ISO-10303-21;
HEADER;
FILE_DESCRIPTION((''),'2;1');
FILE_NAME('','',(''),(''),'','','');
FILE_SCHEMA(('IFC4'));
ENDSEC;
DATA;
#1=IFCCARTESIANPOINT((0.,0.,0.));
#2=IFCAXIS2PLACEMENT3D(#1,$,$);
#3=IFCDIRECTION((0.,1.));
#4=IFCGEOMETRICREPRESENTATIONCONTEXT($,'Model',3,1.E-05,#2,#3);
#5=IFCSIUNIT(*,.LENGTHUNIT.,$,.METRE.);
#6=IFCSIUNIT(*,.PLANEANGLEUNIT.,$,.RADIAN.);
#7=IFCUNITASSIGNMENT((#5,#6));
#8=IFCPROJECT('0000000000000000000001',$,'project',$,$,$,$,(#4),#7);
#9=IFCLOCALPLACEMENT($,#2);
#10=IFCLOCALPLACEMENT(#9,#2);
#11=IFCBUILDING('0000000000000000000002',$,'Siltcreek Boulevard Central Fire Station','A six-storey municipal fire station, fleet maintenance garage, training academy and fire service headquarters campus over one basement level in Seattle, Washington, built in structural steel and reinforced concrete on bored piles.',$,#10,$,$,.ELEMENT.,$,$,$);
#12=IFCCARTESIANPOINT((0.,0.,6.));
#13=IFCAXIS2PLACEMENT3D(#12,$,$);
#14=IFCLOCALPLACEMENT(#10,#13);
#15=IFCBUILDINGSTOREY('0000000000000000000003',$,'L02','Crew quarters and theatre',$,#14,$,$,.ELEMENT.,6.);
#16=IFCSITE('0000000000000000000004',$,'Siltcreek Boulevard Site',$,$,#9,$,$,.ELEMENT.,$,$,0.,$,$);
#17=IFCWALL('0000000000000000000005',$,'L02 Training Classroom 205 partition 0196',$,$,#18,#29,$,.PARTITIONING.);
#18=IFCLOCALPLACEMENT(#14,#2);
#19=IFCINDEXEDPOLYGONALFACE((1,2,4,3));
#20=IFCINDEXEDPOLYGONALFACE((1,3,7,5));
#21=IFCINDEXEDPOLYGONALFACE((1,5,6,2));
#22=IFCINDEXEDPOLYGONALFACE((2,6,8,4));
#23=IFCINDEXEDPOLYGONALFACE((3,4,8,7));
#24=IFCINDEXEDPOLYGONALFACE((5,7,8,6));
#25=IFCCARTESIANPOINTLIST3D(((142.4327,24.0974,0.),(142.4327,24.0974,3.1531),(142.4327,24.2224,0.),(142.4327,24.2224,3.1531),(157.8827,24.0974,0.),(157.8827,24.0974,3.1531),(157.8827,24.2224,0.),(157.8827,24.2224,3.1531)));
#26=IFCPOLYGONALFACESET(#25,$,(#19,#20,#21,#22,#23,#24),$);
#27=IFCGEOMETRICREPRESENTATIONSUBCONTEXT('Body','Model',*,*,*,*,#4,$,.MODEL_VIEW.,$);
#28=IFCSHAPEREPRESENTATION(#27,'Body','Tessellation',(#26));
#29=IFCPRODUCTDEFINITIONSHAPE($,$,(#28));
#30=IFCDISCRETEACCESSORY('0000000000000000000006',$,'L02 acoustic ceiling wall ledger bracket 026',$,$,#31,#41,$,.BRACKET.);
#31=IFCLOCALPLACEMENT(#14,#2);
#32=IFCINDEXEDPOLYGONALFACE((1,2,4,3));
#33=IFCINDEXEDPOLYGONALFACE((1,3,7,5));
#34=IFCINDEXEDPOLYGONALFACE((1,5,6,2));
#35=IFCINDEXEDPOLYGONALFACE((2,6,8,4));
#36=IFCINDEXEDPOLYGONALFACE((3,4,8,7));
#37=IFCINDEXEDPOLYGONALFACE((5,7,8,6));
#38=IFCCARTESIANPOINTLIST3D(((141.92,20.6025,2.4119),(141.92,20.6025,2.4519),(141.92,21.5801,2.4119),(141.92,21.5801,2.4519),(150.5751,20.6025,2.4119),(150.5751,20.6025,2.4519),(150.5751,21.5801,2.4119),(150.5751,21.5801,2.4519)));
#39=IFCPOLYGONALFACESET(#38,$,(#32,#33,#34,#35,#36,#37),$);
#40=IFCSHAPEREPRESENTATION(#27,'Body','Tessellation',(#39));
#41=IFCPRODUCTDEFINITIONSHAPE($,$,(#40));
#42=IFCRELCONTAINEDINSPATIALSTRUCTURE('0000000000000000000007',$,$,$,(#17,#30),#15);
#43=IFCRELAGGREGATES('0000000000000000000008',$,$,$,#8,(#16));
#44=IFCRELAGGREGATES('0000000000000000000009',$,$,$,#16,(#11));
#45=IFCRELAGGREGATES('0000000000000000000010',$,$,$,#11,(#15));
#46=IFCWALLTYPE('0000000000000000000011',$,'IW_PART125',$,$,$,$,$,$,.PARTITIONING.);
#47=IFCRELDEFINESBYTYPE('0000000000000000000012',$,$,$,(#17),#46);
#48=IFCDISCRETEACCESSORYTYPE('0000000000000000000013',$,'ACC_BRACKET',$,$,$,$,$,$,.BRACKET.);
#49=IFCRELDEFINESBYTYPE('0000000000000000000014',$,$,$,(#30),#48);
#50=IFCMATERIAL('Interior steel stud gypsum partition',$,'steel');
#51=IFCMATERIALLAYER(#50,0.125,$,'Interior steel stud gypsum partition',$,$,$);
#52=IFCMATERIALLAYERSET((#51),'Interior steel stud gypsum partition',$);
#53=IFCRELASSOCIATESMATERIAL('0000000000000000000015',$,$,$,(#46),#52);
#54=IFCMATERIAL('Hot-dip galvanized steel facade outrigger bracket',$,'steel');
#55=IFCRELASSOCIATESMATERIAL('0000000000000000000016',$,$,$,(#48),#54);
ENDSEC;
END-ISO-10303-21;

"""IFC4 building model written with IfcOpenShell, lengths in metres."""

from ifc_helpers import new_model, si_unit, direction, frame, frame_2d, origin, origin_2d, place, context, subcontext, project, spatial, rectangle, extrude, material, layer, layer_set, type_object, element, save


model = new_model("IFC4")

# Units and contexts
model_context = context("Model", 3, precision=1e-05, world=origin(), true_north=direction((0.0, 1.0)))
body_context = subcontext(model_context, "Body", "Model", "MODEL_VIEW")
ifc_project = project(units=[si_unit("LENGTHUNIT", "METRE"), si_unit("PLANEANGLEUNIT", "RADIAN")], contexts=[model_context])

# Site, building, storey
site_placement = place(None, origin())
site = spatial("IfcSite", under=ifc_project, at=site_placement, Name="Siltcreek Boulevard Site", CompositionType="ELEMENT", RefElevation=0.0)
building_placement = place(site_placement, origin())
building = spatial("IfcBuilding", under=site, at=building_placement, Name="Siltcreek Boulevard Central Fire Station", Description="A six-storey municipal fire station, fleet maintenance garage, training academy and fire service headquarters campus over one basement level in Seattle, Washington, built in structural steel and reinforced concrete on bored piles.", CompositionType="ELEMENT")
storey_placement = place(building_placement, frame((0.0, 0.0, 6.0)))
storey = spatial("IfcBuildingStorey", under=building, at=storey_placement, Name="L02", Description="Crew quarters and theatre", CompositionType="ELEMENT", Elevation=6.0)

# Shared definitions
ifc_material_1 = material(Name="Interior steel stud gypsum partition", Category="steel")
ifc_layer_1 = layer(ifc_material_1, 0.125, Name="Interior steel stud gypsum partition")
ifc_layer_set_1 = layer_set([ifc_layer_1], Name="Interior steel stud gypsum partition")
wall_type_1 = type_object("IfcWallType", Name="IW_PART125", PredefinedType="PARTITIONING", material=ifc_layer_set_1)

# Wall
wall_1_placement = place(storey_placement, frame((142.4326, 24.1599, 0.0), z_axis=(0.0, 0.0, 1.0), x_axis=(1.0, 0.0, 0.0)))
element("IfcWall", 1, at=wall_1_placement, inside=storey, type_object=wall_type_1, Name="L02 Training Classroom 205 partition 0196", PredefinedType="PARTITIONING", context=body_context, shape_type="SweptSolid", body=[
    extrude(rectangle(XDim=15.45, YDim=0.125, at=frame_2d((7.7251, 0.0))), origin(), (0.0, 0.0, 1.0), 3.1531),
])

# Discrete accessory
ifc_material_2 = material(Name="Hot-dip galvanized steel facade outrigger bracket", Category="steel")
discrete_accessory_type = type_object("IfcDiscreteAccessoryType", Name="ACC_BRACKET", PredefinedType="BRACKET", material=ifc_material_2)
discrete_accessory_placement = place(storey_placement, frame((146.2476, 21.0913, 2.4119), z_axis=(0.0, 0.0, 1.0), x_axis=(1.0, 0.0, 0.0)))
element("IfcDiscreteAccessory", 2, at=discrete_accessory_placement, inside=storey, type_object=discrete_accessory_type, Name="L02 acoustic ceiling wall ledger bracket 026", PredefinedType="BRACKET", context=body_context, shape_type="SweptSolid", body=[
    extrude(rectangle(XDim=8.655, YDim=0.9775, at=origin_2d()), origin(), (0.0, 0.0, 1.0), 0.04),
])

save(model, "model.ifc")
